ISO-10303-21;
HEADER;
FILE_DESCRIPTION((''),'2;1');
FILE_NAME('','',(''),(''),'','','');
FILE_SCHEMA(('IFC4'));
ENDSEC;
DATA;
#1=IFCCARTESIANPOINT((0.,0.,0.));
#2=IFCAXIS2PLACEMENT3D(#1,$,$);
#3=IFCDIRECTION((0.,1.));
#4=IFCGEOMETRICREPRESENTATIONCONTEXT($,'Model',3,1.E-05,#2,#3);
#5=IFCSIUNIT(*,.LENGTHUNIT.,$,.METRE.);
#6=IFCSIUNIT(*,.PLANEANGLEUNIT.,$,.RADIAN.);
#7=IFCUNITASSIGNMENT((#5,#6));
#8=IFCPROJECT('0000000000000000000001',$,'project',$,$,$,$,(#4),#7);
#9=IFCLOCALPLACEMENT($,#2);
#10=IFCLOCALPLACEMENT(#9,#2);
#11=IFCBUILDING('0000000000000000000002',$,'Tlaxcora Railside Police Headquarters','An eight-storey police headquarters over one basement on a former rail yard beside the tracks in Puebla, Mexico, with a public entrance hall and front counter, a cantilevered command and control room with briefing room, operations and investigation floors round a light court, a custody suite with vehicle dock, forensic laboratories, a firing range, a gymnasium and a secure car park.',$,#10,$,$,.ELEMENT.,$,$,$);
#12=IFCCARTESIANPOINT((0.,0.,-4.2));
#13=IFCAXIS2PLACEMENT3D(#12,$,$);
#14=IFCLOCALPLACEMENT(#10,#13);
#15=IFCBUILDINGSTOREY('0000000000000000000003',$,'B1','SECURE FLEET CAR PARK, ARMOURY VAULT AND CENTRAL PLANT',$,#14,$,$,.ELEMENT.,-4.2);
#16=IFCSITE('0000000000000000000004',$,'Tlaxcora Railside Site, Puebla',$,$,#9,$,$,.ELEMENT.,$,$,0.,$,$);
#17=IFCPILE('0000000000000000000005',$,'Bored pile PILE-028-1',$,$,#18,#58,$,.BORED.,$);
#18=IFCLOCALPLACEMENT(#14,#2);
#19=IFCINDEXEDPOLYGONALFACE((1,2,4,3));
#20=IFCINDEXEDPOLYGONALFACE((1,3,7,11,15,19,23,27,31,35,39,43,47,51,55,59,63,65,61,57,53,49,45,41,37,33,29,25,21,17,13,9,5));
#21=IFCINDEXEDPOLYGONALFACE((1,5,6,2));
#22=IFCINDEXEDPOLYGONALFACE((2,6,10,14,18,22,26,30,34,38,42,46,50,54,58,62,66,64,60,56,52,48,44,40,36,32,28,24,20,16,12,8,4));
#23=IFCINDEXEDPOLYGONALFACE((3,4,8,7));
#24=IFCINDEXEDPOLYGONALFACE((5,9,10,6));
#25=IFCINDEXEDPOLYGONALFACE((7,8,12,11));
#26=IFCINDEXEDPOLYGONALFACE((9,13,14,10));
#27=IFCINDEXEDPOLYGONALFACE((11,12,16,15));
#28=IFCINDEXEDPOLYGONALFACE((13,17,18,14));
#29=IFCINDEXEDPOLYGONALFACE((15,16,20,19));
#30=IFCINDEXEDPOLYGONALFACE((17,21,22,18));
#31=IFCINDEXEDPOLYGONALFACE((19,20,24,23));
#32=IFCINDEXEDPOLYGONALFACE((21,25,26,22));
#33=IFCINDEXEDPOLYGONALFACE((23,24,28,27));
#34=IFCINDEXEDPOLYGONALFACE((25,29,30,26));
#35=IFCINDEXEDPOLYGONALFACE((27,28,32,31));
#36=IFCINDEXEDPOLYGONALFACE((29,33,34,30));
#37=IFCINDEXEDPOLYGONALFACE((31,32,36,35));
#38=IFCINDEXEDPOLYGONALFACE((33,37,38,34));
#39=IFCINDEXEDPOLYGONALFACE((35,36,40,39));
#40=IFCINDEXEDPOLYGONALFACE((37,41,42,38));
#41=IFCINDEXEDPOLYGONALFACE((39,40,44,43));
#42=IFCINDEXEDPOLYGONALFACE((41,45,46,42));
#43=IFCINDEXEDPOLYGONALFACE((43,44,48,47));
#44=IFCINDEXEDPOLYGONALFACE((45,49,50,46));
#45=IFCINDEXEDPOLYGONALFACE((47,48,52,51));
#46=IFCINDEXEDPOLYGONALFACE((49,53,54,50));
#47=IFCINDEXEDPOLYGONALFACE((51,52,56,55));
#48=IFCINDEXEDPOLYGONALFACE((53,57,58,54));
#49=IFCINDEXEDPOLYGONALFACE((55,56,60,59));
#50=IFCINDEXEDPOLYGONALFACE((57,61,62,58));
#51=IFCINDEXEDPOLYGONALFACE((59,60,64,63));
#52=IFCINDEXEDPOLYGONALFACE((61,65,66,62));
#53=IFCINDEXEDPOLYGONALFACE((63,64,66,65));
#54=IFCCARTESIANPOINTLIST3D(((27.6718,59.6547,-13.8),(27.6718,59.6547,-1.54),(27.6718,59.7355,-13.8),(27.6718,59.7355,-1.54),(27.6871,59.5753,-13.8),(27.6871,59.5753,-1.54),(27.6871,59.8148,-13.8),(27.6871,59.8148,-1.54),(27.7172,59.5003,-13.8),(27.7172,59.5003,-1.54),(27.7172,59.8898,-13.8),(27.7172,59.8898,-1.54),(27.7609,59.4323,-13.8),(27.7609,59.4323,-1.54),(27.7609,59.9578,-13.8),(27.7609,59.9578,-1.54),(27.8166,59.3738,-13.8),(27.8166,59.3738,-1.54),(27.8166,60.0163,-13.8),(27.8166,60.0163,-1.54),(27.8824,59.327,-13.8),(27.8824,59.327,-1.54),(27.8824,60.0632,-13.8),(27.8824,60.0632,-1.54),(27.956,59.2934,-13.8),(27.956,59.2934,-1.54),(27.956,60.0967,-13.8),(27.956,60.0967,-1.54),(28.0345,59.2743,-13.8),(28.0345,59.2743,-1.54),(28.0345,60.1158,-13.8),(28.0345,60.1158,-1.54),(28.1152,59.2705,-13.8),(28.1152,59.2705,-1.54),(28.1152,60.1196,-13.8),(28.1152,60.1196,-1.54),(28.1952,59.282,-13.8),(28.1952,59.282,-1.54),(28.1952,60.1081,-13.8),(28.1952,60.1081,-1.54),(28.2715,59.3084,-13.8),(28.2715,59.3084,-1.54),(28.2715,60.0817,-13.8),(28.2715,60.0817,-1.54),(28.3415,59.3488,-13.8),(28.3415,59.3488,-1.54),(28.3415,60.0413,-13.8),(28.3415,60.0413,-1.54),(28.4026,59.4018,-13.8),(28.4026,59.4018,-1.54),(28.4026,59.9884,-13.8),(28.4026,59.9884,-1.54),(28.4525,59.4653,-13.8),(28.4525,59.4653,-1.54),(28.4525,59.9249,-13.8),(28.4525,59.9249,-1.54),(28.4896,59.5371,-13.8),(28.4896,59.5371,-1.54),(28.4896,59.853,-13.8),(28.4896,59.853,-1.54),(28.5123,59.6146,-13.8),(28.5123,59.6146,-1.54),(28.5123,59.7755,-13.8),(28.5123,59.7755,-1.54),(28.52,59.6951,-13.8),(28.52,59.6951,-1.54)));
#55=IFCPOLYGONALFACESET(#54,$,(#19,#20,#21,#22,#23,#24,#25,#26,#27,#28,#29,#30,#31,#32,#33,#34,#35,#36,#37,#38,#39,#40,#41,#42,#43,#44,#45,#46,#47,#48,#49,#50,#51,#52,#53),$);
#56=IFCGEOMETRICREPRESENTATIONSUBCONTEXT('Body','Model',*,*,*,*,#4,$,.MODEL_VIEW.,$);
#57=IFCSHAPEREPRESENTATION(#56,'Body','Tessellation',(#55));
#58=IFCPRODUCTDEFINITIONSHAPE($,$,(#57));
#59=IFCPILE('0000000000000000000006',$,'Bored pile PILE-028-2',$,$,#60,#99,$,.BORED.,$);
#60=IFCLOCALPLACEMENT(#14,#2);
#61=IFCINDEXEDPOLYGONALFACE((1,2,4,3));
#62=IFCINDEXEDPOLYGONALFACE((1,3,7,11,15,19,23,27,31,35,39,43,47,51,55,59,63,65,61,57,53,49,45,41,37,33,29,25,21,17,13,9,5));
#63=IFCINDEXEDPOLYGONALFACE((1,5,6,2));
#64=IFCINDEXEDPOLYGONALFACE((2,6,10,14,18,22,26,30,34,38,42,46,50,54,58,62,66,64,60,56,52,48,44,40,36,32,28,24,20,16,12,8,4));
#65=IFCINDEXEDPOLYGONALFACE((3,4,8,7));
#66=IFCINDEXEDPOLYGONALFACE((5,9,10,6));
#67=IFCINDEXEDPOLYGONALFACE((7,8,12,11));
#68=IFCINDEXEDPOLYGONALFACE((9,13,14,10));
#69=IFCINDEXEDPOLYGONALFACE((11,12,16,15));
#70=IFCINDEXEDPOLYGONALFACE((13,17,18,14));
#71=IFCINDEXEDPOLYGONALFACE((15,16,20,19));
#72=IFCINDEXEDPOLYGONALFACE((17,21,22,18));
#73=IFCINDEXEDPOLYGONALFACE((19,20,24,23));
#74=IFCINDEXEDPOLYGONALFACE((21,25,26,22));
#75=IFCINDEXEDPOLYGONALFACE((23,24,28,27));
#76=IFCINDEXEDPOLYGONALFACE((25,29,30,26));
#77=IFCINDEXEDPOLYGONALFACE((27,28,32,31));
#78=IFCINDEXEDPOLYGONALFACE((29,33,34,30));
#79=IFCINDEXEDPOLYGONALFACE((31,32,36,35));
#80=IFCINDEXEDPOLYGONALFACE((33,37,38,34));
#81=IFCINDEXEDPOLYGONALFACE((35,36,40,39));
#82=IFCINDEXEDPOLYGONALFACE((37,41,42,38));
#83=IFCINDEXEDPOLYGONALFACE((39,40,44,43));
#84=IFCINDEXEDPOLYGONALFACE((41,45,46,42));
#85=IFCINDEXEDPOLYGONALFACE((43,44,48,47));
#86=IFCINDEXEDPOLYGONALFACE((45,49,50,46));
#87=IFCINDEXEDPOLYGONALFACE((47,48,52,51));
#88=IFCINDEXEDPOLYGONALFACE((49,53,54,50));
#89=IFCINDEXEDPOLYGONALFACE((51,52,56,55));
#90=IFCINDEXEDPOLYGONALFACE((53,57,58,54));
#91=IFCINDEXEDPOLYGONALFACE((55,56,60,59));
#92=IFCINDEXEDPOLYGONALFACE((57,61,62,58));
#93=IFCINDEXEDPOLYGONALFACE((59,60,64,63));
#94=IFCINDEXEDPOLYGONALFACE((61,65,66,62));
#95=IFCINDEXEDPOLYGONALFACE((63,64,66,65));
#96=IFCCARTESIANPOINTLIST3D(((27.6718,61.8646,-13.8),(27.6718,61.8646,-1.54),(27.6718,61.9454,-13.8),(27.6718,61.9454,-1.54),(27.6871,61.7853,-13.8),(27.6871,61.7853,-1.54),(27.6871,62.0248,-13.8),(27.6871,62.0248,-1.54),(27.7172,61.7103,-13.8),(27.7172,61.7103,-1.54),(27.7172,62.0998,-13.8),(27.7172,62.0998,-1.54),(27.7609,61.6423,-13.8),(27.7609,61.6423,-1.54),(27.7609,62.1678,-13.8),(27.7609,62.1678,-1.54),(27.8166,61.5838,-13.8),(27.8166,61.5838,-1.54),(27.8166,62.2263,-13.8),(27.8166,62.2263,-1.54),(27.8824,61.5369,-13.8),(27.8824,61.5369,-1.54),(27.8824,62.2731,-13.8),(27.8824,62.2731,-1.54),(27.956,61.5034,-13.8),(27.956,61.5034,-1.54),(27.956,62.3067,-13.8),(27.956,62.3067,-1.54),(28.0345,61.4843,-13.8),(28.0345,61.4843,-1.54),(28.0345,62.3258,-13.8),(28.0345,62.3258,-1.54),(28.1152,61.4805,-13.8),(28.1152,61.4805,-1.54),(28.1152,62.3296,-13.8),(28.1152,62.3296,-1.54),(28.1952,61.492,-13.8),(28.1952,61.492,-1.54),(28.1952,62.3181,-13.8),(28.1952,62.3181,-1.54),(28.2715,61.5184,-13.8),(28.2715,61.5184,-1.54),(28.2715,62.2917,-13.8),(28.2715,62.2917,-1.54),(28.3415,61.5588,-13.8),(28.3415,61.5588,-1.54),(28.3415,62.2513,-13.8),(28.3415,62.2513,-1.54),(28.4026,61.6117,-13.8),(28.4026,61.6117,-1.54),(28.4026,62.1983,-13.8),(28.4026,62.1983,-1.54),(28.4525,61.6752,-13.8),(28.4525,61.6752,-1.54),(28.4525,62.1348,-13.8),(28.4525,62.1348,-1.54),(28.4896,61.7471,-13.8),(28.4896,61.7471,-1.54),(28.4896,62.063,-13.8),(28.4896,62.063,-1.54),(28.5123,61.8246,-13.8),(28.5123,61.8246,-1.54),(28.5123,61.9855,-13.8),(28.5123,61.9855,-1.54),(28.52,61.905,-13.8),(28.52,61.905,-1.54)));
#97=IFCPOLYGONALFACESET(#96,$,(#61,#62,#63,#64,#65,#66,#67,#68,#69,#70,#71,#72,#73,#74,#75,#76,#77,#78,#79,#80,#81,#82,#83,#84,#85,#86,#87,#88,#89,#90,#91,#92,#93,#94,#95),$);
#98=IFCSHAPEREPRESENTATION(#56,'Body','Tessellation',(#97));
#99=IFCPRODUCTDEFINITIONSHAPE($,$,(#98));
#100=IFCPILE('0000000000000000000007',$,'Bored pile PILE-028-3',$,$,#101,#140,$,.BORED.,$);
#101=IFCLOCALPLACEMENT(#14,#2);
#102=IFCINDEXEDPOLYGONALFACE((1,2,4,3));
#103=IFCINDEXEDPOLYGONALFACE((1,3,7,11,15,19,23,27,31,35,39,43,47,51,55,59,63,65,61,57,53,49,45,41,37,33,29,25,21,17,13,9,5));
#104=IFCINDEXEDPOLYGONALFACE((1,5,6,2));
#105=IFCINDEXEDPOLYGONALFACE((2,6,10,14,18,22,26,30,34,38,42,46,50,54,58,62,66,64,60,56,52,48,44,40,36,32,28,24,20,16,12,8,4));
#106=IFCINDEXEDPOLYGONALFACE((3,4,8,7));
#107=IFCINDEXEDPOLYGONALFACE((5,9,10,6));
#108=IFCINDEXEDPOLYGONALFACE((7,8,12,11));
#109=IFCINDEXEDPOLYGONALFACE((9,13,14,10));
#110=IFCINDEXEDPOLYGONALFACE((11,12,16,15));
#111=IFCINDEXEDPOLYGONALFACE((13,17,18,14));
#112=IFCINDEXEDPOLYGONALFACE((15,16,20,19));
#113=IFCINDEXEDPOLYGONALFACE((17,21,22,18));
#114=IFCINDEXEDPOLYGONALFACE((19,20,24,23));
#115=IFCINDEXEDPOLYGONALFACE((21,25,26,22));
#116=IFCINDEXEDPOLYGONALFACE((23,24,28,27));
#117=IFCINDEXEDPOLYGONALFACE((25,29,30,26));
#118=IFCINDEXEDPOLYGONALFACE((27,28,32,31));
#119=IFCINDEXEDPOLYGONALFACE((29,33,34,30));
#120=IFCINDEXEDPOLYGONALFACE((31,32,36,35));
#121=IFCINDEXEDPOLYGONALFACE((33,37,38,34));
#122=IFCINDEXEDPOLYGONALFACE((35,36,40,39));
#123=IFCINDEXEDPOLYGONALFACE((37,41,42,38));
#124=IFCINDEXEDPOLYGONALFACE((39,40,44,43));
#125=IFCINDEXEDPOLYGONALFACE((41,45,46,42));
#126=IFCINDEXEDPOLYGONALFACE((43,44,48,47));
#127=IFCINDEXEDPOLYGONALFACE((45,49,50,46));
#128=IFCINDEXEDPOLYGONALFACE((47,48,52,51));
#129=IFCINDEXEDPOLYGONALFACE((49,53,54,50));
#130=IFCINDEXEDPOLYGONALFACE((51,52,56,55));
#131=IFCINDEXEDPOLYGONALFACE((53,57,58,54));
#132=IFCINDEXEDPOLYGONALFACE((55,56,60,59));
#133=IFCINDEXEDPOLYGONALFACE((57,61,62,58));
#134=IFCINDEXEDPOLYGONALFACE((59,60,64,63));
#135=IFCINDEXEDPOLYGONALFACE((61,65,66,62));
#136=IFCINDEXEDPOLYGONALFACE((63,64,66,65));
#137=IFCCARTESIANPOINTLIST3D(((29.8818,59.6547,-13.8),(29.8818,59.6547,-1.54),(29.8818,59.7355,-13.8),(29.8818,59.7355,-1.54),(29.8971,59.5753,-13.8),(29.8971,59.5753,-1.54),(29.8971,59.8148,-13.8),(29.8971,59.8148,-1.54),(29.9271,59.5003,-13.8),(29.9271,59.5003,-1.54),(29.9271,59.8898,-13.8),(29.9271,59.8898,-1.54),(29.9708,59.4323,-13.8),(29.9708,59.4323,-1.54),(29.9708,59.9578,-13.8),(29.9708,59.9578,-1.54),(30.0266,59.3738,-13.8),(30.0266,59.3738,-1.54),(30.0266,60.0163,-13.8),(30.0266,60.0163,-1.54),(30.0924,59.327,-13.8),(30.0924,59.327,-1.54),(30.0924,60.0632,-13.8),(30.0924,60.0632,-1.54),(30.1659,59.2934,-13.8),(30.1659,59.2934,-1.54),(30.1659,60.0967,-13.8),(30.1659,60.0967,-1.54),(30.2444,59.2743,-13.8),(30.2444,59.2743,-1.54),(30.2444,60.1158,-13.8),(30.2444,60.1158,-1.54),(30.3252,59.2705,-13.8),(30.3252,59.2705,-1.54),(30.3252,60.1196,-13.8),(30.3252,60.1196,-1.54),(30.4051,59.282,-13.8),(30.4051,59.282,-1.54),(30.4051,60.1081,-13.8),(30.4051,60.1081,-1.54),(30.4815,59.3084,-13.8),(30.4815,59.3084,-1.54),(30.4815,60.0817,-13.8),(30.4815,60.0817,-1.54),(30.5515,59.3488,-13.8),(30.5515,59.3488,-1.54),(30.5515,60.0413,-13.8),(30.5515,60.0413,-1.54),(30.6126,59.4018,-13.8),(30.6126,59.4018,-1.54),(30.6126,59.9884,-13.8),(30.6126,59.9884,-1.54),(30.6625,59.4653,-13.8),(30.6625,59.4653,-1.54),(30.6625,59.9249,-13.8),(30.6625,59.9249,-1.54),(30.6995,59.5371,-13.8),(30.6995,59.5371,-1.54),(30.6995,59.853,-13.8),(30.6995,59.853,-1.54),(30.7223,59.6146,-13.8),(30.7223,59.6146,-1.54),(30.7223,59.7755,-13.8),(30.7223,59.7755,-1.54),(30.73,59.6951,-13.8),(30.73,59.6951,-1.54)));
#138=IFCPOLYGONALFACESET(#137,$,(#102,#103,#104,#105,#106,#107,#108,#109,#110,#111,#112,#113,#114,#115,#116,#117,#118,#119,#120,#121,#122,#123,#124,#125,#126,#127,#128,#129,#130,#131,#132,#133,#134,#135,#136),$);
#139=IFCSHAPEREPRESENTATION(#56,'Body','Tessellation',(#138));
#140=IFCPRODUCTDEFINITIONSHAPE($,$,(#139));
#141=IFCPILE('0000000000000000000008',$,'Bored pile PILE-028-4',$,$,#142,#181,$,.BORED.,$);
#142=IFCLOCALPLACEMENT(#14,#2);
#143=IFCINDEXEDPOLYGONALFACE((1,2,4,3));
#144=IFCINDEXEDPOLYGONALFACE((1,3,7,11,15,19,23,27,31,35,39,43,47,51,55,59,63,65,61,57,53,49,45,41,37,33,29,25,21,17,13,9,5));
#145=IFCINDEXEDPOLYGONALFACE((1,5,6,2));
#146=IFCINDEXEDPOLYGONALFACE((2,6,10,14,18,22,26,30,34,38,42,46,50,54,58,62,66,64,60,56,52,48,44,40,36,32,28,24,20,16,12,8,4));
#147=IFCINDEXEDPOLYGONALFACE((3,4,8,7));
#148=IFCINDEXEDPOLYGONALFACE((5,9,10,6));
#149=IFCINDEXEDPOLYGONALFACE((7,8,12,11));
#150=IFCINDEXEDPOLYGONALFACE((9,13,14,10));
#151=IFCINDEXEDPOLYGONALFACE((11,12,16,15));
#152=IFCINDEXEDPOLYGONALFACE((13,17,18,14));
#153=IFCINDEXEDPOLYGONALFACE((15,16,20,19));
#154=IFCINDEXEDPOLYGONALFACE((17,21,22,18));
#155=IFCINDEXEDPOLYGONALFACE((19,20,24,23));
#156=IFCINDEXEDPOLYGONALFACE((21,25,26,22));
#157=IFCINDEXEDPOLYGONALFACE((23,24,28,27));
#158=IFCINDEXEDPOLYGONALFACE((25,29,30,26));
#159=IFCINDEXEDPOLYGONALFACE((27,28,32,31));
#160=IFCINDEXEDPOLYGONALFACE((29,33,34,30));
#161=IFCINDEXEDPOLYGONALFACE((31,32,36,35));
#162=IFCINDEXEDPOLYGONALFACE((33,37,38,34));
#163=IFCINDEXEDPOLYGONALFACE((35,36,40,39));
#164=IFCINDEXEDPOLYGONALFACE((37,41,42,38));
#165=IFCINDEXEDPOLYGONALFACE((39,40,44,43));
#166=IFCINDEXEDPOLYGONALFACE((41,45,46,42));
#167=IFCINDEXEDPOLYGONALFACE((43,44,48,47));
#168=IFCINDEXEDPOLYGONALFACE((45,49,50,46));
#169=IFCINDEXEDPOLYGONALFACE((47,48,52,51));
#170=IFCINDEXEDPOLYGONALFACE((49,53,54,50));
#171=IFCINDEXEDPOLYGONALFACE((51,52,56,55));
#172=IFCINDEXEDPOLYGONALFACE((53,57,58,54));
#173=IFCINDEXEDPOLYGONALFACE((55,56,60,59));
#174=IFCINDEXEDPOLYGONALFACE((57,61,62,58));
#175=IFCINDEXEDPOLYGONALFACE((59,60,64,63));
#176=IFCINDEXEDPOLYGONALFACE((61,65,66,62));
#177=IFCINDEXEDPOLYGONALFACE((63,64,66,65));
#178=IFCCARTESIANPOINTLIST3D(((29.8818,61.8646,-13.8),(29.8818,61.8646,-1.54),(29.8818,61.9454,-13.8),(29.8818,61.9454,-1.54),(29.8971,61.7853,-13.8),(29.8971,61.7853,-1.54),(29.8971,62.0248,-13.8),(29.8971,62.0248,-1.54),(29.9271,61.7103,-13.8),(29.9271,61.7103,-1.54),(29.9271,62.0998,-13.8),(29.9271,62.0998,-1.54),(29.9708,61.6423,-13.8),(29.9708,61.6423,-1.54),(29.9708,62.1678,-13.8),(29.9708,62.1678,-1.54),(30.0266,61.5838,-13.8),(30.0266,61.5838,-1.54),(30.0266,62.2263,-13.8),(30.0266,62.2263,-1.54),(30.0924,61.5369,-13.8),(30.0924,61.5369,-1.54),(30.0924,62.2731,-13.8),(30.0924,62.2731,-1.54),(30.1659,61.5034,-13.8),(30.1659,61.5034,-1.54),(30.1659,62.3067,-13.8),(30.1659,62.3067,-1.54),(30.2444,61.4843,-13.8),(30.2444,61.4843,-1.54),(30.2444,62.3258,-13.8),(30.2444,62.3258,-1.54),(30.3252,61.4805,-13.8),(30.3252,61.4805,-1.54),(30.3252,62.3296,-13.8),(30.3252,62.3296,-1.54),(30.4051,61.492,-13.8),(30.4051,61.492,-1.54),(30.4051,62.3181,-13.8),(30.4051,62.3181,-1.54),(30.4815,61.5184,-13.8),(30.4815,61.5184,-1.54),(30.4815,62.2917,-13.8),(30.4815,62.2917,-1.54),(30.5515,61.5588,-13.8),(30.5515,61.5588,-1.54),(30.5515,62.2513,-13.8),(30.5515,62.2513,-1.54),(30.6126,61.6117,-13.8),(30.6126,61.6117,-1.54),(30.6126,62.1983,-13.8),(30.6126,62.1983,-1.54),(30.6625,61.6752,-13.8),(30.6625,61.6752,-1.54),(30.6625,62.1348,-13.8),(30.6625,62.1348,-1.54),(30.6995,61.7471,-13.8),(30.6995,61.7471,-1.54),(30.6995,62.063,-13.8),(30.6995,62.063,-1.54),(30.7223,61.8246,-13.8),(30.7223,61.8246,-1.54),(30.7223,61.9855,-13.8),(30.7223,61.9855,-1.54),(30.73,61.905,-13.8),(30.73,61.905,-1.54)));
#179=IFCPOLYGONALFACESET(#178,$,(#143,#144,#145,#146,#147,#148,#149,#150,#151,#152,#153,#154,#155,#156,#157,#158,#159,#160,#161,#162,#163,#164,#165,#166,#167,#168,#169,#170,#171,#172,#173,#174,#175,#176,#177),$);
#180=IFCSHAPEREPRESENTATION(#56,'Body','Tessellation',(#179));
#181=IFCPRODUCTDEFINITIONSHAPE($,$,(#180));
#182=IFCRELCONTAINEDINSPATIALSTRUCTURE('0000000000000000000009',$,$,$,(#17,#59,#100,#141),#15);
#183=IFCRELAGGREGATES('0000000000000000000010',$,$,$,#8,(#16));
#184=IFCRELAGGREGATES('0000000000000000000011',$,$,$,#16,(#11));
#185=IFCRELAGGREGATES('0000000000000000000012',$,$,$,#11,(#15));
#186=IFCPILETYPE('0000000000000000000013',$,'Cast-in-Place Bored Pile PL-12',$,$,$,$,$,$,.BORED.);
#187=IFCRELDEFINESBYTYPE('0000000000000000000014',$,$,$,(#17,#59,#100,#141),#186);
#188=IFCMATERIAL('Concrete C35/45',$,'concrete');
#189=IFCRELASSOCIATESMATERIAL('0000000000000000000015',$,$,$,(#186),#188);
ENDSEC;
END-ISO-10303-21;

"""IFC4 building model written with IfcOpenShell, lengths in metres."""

from ifc_helpers import new_model, si_unit, direction, frame, origin, origin_2d, place, context, subcontext, project, spatial, circle, extrude, material, material_profile, profile_set, type_object, element, save


model = new_model("IFC4")

# Units and contexts
model_context = context("Model", 3, precision=1e-05, world=origin(), true_north=direction((0.0, 1.0)))
body_context = subcontext(model_context, "Body", "Model", "MODEL_VIEW")
ifc_project = project(units=[si_unit("LENGTHUNIT", "METRE"), si_unit("PLANEANGLEUNIT", "RADIAN")], contexts=[model_context])

# Site, building, storey
site_placement = place(None, origin())
site = spatial("IfcSite", under=ifc_project, at=site_placement, Name="Tlaxcora Railside Site, Puebla", CompositionType="ELEMENT", RefElevation=0.0)
building_placement = place(site_placement, origin())
building = spatial("IfcBuilding", under=site, at=building_placement, Name="Tlaxcora Railside Police Headquarters", Description="An eight-storey police headquarters over one basement on a former rail yard beside the tracks in Puebla, Mexico, with a public entrance hall and front counter, a cantilevered command and control room with briefing room, operations and investigation floors round a light court, a custody suite with vehicle dock, forensic laboratories, a firing range, a gymnasium and a secure car park.", CompositionType="ELEMENT")
storey_placement = place(building_placement, frame((0.0, 0.0, -4.2)))
storey = spatial("IfcBuildingStorey", under=building, at=storey_placement, Name="B1", Description="SECURE FLEET CAR PARK, ARMOURY VAULT AND CENTRAL PLANT", CompositionType="ELEMENT", Elevation=-4.2)

# Piles
ifc_material_1 = material(Name="Concrete C35/45", Category="concrete")
ifc_material_profile_1 = material_profile(ifc_material_1, circle(Radius=0.425, at=origin_2d()), Name="PILE850")
ifc_profile_set_1 = profile_set([ifc_material_profile_1], Name="Concrete C35/45")
pile_type_1 = type_object("IfcPileType", Name="Cast-in-Place Bored Pile PL-12", PredefinedType="BORED", material=ifc_profile_set_1)
for number, where, z_axis, x_axis, name in (
    (1, (28.095, 59.6951, -1.54), (0.0, 0.0, -1.0), (1.0, 0.0, 0.0), "Bored pile PILE-028-1"),
    (2, (28.095, 61.905, -1.54), (0.0, 0.0, -1.0), (1.0, 0.0, 0.0), "Bored pile PILE-028-2"),
    (3, (30.3049, 59.6951, -1.54), (0.0, 0.0, -1.0), (1.0, 0.0, 0.0), "Bored pile PILE-028-3"),
    (4, (30.3049, 61.905, -1.54), (0.0, 0.0, -1.0), (1.0, 0.0, 0.0), "Bored pile PILE-028-4"),
):
    element("IfcPile", number, at=place(storey_placement, frame(where, z_axis=z_axis, x_axis=x_axis)), inside=storey, type_object=pile_type_1, Name=name, PredefinedType="BORED", context=body_context, shape_type="SweptSolid", body=[
        extrude(circle(Radius=0.425, at=origin_2d()), origin(), (0.0, 0.0, 1.0), 12.26),
    ])

save(model, "model.ifc")
